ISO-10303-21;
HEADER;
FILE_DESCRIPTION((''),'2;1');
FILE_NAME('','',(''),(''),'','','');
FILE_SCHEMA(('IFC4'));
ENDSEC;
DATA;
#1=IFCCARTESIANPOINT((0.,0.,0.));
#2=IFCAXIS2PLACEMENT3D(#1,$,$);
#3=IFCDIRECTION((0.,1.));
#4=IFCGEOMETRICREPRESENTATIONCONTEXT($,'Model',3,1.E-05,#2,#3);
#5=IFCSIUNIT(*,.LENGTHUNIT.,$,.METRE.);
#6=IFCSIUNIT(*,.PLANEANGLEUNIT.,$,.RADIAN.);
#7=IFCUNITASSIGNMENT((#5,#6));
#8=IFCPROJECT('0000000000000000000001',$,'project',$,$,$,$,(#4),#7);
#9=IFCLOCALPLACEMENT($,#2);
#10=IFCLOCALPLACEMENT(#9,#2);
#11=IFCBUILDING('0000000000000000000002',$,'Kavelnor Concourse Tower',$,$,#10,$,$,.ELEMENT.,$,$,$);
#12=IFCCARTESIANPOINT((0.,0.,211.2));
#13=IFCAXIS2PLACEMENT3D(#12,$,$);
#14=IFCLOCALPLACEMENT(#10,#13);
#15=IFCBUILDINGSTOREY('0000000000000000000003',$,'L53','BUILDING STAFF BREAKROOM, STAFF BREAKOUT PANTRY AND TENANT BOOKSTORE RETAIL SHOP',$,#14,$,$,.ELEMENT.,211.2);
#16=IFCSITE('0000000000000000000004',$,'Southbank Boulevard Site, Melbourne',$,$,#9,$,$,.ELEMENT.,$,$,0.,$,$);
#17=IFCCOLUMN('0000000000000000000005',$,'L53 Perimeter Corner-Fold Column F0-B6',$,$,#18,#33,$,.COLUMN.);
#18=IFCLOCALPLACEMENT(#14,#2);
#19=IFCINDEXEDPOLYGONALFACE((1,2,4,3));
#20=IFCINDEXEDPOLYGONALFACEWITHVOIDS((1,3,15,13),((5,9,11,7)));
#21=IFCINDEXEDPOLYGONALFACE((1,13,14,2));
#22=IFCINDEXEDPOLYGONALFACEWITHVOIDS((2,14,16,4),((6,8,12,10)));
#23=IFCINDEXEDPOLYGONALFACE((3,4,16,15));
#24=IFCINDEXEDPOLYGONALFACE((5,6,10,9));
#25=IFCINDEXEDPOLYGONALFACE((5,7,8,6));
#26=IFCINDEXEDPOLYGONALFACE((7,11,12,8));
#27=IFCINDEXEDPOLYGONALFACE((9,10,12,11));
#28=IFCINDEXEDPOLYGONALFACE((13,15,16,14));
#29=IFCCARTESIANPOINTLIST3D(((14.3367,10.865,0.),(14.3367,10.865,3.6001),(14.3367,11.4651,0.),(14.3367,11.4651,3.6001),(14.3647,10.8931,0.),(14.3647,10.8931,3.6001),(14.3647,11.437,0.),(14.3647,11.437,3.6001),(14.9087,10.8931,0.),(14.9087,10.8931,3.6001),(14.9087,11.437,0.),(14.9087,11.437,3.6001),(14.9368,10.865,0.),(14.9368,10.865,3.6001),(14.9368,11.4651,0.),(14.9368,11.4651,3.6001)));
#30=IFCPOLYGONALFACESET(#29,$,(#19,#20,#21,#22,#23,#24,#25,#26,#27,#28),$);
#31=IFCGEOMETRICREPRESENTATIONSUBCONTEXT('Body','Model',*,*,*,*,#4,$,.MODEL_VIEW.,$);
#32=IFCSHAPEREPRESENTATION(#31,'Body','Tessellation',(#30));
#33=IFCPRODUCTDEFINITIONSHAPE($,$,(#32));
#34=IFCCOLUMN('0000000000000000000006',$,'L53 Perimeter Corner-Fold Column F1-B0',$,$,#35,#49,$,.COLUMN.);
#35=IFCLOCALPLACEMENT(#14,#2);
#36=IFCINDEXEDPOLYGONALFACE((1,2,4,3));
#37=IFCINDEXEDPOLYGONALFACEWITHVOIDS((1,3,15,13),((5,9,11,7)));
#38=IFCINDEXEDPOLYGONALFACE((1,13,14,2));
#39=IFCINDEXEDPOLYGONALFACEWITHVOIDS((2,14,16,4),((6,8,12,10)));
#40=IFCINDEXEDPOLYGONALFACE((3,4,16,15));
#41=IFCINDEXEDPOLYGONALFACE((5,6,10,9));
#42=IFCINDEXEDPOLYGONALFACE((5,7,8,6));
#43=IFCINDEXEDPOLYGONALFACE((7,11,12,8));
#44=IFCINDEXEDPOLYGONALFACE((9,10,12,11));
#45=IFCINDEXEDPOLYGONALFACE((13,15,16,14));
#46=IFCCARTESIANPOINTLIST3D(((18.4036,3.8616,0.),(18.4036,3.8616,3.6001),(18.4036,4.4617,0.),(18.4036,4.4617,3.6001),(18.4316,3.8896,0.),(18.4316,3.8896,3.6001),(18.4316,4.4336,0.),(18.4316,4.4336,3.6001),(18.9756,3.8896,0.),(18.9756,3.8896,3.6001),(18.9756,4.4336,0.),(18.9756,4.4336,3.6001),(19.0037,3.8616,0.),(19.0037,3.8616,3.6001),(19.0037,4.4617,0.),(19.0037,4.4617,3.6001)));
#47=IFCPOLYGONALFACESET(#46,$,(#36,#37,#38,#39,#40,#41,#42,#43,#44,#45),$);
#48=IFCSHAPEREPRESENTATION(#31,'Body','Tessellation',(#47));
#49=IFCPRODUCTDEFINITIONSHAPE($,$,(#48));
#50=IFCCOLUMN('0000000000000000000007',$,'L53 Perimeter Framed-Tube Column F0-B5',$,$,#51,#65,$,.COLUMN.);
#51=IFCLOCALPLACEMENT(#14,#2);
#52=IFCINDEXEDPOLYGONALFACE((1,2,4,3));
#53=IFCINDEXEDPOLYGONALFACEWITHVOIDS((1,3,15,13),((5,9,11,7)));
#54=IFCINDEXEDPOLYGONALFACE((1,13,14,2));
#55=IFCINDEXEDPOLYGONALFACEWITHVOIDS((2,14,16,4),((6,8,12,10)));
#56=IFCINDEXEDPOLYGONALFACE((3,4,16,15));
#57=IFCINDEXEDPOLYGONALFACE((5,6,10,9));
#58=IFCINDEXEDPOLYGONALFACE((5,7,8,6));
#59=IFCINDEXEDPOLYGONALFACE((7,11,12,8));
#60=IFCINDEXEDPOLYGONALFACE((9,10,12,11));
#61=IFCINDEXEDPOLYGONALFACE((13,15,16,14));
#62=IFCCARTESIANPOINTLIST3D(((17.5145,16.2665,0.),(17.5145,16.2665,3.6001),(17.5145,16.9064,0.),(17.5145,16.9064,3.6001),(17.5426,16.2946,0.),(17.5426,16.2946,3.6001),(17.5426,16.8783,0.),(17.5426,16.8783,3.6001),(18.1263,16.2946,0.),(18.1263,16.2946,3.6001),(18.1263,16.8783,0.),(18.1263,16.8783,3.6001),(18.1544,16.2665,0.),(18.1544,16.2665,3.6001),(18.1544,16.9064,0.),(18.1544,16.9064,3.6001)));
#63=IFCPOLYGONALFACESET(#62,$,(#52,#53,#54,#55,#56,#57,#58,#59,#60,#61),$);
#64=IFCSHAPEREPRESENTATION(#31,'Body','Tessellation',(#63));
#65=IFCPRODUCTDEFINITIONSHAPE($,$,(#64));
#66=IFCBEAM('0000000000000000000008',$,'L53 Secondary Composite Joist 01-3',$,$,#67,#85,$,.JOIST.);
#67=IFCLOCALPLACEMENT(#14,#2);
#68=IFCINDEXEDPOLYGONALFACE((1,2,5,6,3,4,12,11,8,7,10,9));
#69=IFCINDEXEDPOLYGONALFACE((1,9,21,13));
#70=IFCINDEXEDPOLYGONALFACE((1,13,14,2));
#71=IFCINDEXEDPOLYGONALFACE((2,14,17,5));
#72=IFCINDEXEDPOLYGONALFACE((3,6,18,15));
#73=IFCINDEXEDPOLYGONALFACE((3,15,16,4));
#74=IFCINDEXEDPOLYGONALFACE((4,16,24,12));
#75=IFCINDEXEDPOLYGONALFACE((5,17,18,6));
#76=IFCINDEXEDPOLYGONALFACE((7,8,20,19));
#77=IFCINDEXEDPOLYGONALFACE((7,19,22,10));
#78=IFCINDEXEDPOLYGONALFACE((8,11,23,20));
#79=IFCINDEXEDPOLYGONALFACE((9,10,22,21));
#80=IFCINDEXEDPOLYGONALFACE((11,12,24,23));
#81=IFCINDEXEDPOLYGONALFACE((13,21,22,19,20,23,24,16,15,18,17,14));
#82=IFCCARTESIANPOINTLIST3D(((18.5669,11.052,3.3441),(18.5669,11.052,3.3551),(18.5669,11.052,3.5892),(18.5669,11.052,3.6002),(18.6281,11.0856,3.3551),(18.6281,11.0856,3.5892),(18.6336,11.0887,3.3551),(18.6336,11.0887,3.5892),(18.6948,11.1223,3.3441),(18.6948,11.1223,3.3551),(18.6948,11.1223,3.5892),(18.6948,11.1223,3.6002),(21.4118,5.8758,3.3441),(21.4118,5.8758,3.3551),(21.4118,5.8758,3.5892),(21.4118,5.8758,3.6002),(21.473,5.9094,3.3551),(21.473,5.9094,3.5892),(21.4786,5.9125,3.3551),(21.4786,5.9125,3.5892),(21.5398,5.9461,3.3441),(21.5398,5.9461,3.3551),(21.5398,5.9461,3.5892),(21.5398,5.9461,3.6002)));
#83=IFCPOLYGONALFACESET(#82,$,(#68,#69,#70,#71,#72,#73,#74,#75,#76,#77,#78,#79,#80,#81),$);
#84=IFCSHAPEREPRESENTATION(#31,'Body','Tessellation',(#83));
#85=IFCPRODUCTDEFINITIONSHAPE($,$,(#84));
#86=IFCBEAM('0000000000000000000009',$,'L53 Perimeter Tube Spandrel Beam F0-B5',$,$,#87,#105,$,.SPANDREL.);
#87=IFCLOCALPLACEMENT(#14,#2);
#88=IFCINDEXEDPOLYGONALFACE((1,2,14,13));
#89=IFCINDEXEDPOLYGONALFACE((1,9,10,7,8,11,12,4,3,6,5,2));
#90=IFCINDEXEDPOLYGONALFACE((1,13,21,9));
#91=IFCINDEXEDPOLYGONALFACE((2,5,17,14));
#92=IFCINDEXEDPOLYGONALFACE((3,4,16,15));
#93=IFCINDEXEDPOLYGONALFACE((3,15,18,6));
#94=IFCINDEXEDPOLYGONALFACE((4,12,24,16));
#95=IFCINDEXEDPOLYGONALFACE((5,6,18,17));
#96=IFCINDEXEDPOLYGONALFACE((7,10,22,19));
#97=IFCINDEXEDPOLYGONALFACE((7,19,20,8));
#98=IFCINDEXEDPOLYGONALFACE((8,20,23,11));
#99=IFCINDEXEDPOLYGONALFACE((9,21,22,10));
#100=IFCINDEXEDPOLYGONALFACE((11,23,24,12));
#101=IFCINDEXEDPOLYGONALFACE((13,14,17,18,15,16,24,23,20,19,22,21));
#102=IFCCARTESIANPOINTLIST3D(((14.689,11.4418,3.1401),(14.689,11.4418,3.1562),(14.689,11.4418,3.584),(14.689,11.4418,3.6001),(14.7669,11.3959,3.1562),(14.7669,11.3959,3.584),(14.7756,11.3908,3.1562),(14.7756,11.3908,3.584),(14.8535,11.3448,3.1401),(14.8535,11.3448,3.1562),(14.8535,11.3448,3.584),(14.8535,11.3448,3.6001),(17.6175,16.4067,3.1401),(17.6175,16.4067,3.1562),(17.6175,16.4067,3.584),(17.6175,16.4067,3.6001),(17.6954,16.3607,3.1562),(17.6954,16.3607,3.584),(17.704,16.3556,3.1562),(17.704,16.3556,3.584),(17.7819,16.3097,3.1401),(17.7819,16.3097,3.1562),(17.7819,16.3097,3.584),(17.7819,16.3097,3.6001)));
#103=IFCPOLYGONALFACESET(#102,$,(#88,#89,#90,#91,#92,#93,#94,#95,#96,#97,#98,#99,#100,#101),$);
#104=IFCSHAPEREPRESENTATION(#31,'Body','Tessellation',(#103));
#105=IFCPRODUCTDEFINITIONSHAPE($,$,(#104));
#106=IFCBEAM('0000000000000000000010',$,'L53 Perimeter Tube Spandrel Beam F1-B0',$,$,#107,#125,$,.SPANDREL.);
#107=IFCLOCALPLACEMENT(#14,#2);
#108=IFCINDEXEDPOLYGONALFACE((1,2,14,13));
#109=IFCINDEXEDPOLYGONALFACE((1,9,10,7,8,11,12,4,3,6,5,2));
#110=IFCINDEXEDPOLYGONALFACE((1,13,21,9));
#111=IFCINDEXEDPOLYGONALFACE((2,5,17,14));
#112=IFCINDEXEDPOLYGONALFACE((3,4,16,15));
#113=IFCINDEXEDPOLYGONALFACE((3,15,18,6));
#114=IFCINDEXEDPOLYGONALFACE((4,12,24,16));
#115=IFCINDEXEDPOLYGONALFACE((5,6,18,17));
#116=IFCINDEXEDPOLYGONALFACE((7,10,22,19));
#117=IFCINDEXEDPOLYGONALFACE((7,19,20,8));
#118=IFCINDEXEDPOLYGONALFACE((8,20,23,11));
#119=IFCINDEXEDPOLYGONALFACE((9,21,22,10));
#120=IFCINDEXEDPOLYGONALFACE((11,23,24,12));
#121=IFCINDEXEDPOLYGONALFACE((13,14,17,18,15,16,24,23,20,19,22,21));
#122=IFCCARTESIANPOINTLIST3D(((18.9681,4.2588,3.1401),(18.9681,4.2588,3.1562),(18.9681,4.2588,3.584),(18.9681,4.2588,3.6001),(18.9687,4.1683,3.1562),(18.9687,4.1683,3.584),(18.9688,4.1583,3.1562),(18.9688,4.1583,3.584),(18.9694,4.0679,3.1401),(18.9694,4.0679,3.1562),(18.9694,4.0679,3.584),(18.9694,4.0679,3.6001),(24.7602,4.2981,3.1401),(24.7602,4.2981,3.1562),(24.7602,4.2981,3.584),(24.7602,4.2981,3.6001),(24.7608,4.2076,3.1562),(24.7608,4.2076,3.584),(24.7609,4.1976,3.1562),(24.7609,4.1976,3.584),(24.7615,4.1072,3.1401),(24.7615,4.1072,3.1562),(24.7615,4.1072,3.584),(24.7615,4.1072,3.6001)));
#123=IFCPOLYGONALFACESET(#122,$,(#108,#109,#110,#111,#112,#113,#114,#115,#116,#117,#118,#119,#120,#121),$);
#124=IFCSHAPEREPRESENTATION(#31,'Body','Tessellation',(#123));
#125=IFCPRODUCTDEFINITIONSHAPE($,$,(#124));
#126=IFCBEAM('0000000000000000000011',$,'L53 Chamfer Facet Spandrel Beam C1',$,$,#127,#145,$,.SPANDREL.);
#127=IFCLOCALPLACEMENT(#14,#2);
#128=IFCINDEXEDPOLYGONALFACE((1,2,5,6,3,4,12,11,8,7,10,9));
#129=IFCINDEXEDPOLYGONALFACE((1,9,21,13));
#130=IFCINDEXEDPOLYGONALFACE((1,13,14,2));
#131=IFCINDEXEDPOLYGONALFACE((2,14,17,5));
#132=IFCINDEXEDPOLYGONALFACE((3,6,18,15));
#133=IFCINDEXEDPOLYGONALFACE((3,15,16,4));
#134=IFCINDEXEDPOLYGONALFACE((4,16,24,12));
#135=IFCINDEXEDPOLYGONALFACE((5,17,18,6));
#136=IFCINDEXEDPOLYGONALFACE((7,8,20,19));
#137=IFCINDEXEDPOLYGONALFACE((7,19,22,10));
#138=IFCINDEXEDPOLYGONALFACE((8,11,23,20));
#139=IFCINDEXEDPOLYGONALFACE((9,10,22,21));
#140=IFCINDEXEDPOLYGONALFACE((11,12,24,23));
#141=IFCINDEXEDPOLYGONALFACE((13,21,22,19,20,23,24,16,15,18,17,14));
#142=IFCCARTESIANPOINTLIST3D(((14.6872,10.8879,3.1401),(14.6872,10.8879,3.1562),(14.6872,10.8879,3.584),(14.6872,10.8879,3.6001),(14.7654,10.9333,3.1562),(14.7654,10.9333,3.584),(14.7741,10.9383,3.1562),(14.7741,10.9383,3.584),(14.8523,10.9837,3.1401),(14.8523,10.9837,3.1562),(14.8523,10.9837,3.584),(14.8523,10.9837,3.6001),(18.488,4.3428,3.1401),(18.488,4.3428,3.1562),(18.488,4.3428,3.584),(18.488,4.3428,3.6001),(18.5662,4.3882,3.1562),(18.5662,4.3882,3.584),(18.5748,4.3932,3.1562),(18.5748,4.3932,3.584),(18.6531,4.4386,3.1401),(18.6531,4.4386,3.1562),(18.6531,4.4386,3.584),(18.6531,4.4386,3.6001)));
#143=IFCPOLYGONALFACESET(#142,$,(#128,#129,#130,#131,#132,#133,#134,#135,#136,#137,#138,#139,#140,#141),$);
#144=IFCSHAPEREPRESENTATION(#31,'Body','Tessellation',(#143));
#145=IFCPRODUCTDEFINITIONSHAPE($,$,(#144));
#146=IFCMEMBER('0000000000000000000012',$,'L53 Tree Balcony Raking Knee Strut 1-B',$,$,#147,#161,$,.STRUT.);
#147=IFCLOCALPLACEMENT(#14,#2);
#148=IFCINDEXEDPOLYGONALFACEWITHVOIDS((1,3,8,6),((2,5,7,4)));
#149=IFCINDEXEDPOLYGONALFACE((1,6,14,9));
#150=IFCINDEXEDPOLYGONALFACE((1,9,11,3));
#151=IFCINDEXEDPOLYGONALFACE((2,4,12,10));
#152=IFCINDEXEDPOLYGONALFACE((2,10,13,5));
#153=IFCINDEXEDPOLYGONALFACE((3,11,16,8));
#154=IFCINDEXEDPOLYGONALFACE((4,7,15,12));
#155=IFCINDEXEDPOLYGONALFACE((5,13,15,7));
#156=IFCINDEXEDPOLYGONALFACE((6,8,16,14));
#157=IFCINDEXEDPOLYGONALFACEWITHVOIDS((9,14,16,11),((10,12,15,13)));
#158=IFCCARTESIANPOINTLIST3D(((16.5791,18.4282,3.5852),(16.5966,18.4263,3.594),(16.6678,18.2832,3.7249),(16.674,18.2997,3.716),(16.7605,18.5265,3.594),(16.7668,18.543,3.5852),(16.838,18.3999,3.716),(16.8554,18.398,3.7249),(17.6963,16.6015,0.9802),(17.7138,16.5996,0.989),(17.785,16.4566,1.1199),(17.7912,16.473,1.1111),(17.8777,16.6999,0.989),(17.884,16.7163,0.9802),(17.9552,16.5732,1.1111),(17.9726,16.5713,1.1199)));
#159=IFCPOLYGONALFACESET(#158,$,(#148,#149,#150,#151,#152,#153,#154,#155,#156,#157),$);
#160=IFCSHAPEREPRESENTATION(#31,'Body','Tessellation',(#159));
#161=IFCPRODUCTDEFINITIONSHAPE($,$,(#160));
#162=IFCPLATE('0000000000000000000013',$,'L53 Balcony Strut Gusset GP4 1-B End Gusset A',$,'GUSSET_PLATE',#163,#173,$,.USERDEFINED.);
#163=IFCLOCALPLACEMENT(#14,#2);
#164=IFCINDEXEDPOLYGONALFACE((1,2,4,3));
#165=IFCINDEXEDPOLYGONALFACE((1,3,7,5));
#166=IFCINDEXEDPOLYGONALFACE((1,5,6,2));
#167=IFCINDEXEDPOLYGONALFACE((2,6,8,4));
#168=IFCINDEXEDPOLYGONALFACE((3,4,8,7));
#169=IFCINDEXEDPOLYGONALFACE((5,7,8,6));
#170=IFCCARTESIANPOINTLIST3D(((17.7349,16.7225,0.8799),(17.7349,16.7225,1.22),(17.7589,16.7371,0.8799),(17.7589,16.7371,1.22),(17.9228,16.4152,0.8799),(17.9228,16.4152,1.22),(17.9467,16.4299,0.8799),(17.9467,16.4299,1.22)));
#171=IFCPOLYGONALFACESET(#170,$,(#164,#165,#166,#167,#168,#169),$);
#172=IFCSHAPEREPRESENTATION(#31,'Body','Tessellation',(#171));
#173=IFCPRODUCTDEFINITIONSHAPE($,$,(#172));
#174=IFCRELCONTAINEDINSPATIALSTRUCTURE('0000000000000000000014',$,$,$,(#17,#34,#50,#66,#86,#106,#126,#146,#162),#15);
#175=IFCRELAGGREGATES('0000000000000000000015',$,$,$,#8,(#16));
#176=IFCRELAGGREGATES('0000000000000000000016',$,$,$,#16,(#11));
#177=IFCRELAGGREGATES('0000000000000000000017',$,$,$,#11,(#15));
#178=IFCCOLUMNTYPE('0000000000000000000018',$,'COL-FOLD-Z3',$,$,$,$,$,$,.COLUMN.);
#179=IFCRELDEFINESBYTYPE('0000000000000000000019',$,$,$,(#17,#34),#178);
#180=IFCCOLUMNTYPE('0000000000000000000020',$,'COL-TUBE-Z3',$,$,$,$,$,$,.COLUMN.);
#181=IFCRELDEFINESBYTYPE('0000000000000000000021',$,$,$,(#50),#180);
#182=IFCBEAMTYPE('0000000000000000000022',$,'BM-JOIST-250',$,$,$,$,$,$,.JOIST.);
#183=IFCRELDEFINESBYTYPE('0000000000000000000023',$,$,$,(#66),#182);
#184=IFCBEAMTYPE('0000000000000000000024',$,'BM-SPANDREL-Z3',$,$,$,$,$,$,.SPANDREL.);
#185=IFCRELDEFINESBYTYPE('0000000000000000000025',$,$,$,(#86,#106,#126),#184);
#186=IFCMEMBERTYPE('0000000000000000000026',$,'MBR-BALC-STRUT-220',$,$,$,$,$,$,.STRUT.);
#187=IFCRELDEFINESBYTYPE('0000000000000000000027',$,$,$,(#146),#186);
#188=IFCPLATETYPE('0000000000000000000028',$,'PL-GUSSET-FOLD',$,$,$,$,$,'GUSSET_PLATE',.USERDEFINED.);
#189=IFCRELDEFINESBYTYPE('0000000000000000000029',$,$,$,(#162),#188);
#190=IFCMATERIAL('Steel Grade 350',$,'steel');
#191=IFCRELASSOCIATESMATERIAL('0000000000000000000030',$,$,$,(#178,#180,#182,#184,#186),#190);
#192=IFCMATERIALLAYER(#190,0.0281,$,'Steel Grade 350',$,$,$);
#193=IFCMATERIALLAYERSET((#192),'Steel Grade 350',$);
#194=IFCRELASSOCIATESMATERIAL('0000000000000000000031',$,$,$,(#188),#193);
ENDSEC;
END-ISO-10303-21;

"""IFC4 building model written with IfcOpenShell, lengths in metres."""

from ifc_helpers import new_model, si_unit, direction, frame, origin, origin_2d, place, context, subcontext, project, spatial, rectangle, hollow_rectangle, i_section, extrude, material, layer, layer_set, material_profile, profile_set, type_object, element, save


model = new_model("IFC4")

# Units and contexts
model_context = context("Model", 3, precision=1e-05, world=origin(), true_north=direction((0.0, 1.0)))
body_context = subcontext(model_context, "Body", "Model", "MODEL_VIEW")
ifc_project = project(units=[si_unit("LENGTHUNIT", "METRE"), si_unit("PLANEANGLEUNIT", "RADIAN")], contexts=[model_context])

# Site, building, storey
site_placement = place(None, origin())
site = spatial("IfcSite", under=ifc_project, at=site_placement, Name="Southbank Boulevard Site, Melbourne", CompositionType="ELEMENT", RefElevation=0.0)
building_placement = place(site_placement, origin())
building = spatial("IfcBuilding", under=site, at=building_placement, Name="Kavelnor Concourse Tower", CompositionType="ELEMENT")
storey_placement = place(building_placement, frame((0.0, 0.0, 211.2)))
storey = spatial("IfcBuildingStorey", under=building, at=storey_placement, Name="L53", Description="BUILDING STAFF BREAKROOM, STAFF BREAKOUT PANTRY AND TENANT BOOKSTORE RETAIL SHOP", CompositionType="ELEMENT", Elevation=211.2)

# Columns
ifc_material_1 = material(Name="Steel Grade 350", Category="steel")
ifc_material_profile_1 = material_profile(ifc_material_1, hollow_rectangle(XDim=0.6001, YDim=0.6001, WallThickness=0.0281, at=origin_2d()), Name="SHS 600x600x28")
ifc_profile_set_1 = profile_set([ifc_material_profile_1], Name="Steel Grade 350")
column_type_1 = type_object("IfcColumnType", Name="COL-FOLD-Z3", PredefinedType="COLUMN", material=ifc_profile_set_1)
for number, where, z_axis, x_axis, name in (
    (1, (14.6367, 11.165, 0.0), (0.0, 0.0, 1.0), (1.0, 0.0, 0.0), "L53 Perimeter Corner-Fold Column F0-B6"),
    (2, (18.7036, 4.1616, 0.0), (0.0, 0.0, 1.0), (1.0, 0.0, 0.0), "L53 Perimeter Corner-Fold Column F1-B0"),
):
    element("IfcColumn", number, at=place(storey_placement, frame(where, z_axis=z_axis, x_axis=x_axis)), inside=storey, type_object=column_type_1, Name=name, PredefinedType="COLUMN", context=body_context, shape_type="SweptSolid", body=[
        extrude(hollow_rectangle(XDim=0.6001, YDim=0.6001, WallThickness=0.0281, at=origin_2d()), origin(), (0.0, 0.0, 1.0), 3.6001),
    ])
ifc_material_profile_2 = material_profile(ifc_material_1, hollow_rectangle(XDim=0.6399, YDim=0.6399, WallThickness=0.0281, at=origin_2d()), Name="SHS 640x640x28")
ifc_profile_set_2 = profile_set([ifc_material_profile_2], Name="Steel Grade 350")
column_type_2 = type_object("IfcColumnType", Name="COL-TUBE-Z3", PredefinedType="COLUMN", material=ifc_profile_set_2)
column_placement = place(storey_placement, frame((17.8345, 16.5864, 0.0), z_axis=(0.0, 0.0, 1.0), x_axis=(1.0, 0.0, 0.0)))
element("IfcColumn", 3, at=column_placement, inside=storey, type_object=column_type_2, Name="L53 Perimeter Framed-Tube Column F0-B5", PredefinedType="COLUMN", context=body_context, shape_type="SweptSolid", body=[
    extrude(hollow_rectangle(XDim=0.6399, YDim=0.6399, WallThickness=0.0281, at=origin_2d()), origin(), (0.0, 0.0, 1.0), 3.6001),
])

# Beams
ifc_material_profile_3 = material_profile(ifc_material_1, i_section(OverallWidth=0.146, OverallDepth=0.2561, WebThickness=0.0063, FlangeThickness=0.011, at=origin_2d()), Name="250UB37")
ifc_profile_set_3 = profile_set([ifc_material_profile_3], Name="Steel Grade 350")
beam_type_1 = type_object("IfcBeamType", Name="BM-JOIST-250", PredefinedType="JOIST", material=ifc_profile_set_3)
beam_1_placement = place(storey_placement, frame((18.6309, 11.0872, 3.4722), z_axis=(0.481662, -0.876357, 0.0), x_axis=(0.876357, 0.481662, 0.0)))
element("IfcBeam", 4, at=beam_1_placement, inside=storey, type_object=beam_type_1, Name="L53 Secondary Composite Joist 01-3", PredefinedType="JOIST", context=body_context, shape_type="SweptSolid", body=[
    extrude(i_section(OverallWidth=0.146, OverallDepth=0.2561, WebThickness=0.0063, FlangeThickness=0.011, at=origin_2d()), origin(), (0.0, 0.0, 1.0), 5.9065),
])
ifc_material_profile_4 = material_profile(ifc_material_1, i_section(OverallWidth=0.1909, OverallDepth=0.46, WebThickness=0.01, FlangeThickness=0.0161, at=origin_2d()), Name="460UB82")
ifc_profile_set_4 = profile_set([ifc_material_profile_4], Name="Steel Grade 350")
beam_type_2 = type_object("IfcBeamType", Name="BM-SPANDREL-Z3", PredefinedType="SPANDREL", material=ifc_profile_set_4)
beam_2_placement = place(storey_placement, frame((17.6997, 16.3582, 3.3701), z_axis=(-0.508047, -0.861329, 0.0), x_axis=(0.861329, -0.508047, 0.0)))
element("IfcBeam", 5, at=beam_2_placement, inside=storey, type_object=beam_type_2, Name="L53 Perimeter Tube Spandrel Beam F0-B5", PredefinedType="SPANDREL", context=body_context, shape_type="SweptSolid", body=[
    extrude(i_section(OverallWidth=0.1909, OverallDepth=0.46, WebThickness=0.01, FlangeThickness=0.0161, at=origin_2d()), origin(), (0.0, 0.0, 1.0), 5.7642),
])
beam_3_placement = place(storey_placement, frame((18.9688, 4.1633, 3.3701), z_axis=(0.999977, 0.006786, 0.0), x_axis=(-0.006786, 0.999977, 0.0)))
element("IfcBeam", 6, at=beam_3_placement, inside=storey, type_object=beam_type_2, Name="L53 Perimeter Tube Spandrel Beam F1-B0", PredefinedType="SPANDREL", context=body_context, shape_type="SweptSolid", body=[
    extrude(i_section(OverallWidth=0.1909, OverallDepth=0.46, WebThickness=0.01, FlangeThickness=0.0161, at=origin_2d()), origin(), (0.0, 0.0, 1.0), 5.7922),
])
beam_4_placement = place(storey_placement, frame((14.7698, 10.9358, 3.3701), z_axis=(0.502171, -0.864768, 0.0), x_axis=(0.864768, 0.502171, 0.0)))
element("IfcBeam", 7, at=beam_4_placement, inside=storey, type_object=beam_type_2, Name="L53 Chamfer Facet Spandrel Beam C1", PredefinedType="SPANDREL", context=body_context, shape_type="SweptSolid", body=[
    extrude(i_section(OverallWidth=0.1909, OverallDepth=0.46, WebThickness=0.01, FlangeThickness=0.0161, at=origin_2d()), origin(), (0.0, 0.0, 1.0), 7.5686),
])

# Member
ifc_material_profile_5 = material_profile(ifc_material_1, hollow_rectangle(XDim=0.22, YDim=0.22, WallThickness=0.0139, at=origin_2d()), Name="SHS 220x220x14")
ifc_profile_set_5 = profile_set([ifc_material_profile_5], Name="Steel Grade 350")
member_type = type_object("IfcMemberType", Name="MBR-BALC-STRUT-220", PredefinedType="STRUT", material=ifc_profile_set_5)
member_placement = place(storey_placement, frame((17.8345, 16.5864, 1.05), z_axis=(-0.331308, 0.541706, 0.772521), x_axis=(-0.853096, -0.521754, 0.0)))
element("IfcMember", 8, at=member_placement, inside=storey, type_object=member_type, Name="L53 Tree Balcony Raking Knee Strut 1-B", PredefinedType="STRUT", context=body_context, shape_type="SweptSolid", body=[
    extrude(hollow_rectangle(XDim=0.22, YDim=0.22, WallThickness=0.0139, at=origin_2d()), origin(), (0.0, 0.0, 1.0), 3.3721),
])

# Plate
ifc_layer_1 = layer(ifc_material_1, 0.0281, Name="Steel Grade 350")
ifc_layer_set_1 = layer_set([ifc_layer_1], Name="Steel Grade 350")
plate_type = type_object("IfcPlateType", Name="PL-GUSSET-FOLD", ElementType="GUSSET_PLATE", PredefinedType="USERDEFINED", material=ifc_layer_set_1)
plate_placement = place(storey_placement, frame((17.8408, 16.5762, 0.8799), z_axis=(0.0, 0.0, 1.0), x_axis=(-0.521605, 0.853187, 0.0)))
element("IfcPlate", 9, at=plate_placement, inside=storey, type_object=plate_type, Name="L53 Balcony Strut Gusset GP4 1-B End Gusset A", ObjectType="GUSSET_PLATE", PredefinedType="USERDEFINED", context=body_context, shape_type="SweptSolid", body=[
    extrude(rectangle(XDim=0.3601, YDim=0.0281, at=origin_2d()), origin(), (0.0, 0.0, 1.0), 0.3401),
])

save(model, "model.ifc")
